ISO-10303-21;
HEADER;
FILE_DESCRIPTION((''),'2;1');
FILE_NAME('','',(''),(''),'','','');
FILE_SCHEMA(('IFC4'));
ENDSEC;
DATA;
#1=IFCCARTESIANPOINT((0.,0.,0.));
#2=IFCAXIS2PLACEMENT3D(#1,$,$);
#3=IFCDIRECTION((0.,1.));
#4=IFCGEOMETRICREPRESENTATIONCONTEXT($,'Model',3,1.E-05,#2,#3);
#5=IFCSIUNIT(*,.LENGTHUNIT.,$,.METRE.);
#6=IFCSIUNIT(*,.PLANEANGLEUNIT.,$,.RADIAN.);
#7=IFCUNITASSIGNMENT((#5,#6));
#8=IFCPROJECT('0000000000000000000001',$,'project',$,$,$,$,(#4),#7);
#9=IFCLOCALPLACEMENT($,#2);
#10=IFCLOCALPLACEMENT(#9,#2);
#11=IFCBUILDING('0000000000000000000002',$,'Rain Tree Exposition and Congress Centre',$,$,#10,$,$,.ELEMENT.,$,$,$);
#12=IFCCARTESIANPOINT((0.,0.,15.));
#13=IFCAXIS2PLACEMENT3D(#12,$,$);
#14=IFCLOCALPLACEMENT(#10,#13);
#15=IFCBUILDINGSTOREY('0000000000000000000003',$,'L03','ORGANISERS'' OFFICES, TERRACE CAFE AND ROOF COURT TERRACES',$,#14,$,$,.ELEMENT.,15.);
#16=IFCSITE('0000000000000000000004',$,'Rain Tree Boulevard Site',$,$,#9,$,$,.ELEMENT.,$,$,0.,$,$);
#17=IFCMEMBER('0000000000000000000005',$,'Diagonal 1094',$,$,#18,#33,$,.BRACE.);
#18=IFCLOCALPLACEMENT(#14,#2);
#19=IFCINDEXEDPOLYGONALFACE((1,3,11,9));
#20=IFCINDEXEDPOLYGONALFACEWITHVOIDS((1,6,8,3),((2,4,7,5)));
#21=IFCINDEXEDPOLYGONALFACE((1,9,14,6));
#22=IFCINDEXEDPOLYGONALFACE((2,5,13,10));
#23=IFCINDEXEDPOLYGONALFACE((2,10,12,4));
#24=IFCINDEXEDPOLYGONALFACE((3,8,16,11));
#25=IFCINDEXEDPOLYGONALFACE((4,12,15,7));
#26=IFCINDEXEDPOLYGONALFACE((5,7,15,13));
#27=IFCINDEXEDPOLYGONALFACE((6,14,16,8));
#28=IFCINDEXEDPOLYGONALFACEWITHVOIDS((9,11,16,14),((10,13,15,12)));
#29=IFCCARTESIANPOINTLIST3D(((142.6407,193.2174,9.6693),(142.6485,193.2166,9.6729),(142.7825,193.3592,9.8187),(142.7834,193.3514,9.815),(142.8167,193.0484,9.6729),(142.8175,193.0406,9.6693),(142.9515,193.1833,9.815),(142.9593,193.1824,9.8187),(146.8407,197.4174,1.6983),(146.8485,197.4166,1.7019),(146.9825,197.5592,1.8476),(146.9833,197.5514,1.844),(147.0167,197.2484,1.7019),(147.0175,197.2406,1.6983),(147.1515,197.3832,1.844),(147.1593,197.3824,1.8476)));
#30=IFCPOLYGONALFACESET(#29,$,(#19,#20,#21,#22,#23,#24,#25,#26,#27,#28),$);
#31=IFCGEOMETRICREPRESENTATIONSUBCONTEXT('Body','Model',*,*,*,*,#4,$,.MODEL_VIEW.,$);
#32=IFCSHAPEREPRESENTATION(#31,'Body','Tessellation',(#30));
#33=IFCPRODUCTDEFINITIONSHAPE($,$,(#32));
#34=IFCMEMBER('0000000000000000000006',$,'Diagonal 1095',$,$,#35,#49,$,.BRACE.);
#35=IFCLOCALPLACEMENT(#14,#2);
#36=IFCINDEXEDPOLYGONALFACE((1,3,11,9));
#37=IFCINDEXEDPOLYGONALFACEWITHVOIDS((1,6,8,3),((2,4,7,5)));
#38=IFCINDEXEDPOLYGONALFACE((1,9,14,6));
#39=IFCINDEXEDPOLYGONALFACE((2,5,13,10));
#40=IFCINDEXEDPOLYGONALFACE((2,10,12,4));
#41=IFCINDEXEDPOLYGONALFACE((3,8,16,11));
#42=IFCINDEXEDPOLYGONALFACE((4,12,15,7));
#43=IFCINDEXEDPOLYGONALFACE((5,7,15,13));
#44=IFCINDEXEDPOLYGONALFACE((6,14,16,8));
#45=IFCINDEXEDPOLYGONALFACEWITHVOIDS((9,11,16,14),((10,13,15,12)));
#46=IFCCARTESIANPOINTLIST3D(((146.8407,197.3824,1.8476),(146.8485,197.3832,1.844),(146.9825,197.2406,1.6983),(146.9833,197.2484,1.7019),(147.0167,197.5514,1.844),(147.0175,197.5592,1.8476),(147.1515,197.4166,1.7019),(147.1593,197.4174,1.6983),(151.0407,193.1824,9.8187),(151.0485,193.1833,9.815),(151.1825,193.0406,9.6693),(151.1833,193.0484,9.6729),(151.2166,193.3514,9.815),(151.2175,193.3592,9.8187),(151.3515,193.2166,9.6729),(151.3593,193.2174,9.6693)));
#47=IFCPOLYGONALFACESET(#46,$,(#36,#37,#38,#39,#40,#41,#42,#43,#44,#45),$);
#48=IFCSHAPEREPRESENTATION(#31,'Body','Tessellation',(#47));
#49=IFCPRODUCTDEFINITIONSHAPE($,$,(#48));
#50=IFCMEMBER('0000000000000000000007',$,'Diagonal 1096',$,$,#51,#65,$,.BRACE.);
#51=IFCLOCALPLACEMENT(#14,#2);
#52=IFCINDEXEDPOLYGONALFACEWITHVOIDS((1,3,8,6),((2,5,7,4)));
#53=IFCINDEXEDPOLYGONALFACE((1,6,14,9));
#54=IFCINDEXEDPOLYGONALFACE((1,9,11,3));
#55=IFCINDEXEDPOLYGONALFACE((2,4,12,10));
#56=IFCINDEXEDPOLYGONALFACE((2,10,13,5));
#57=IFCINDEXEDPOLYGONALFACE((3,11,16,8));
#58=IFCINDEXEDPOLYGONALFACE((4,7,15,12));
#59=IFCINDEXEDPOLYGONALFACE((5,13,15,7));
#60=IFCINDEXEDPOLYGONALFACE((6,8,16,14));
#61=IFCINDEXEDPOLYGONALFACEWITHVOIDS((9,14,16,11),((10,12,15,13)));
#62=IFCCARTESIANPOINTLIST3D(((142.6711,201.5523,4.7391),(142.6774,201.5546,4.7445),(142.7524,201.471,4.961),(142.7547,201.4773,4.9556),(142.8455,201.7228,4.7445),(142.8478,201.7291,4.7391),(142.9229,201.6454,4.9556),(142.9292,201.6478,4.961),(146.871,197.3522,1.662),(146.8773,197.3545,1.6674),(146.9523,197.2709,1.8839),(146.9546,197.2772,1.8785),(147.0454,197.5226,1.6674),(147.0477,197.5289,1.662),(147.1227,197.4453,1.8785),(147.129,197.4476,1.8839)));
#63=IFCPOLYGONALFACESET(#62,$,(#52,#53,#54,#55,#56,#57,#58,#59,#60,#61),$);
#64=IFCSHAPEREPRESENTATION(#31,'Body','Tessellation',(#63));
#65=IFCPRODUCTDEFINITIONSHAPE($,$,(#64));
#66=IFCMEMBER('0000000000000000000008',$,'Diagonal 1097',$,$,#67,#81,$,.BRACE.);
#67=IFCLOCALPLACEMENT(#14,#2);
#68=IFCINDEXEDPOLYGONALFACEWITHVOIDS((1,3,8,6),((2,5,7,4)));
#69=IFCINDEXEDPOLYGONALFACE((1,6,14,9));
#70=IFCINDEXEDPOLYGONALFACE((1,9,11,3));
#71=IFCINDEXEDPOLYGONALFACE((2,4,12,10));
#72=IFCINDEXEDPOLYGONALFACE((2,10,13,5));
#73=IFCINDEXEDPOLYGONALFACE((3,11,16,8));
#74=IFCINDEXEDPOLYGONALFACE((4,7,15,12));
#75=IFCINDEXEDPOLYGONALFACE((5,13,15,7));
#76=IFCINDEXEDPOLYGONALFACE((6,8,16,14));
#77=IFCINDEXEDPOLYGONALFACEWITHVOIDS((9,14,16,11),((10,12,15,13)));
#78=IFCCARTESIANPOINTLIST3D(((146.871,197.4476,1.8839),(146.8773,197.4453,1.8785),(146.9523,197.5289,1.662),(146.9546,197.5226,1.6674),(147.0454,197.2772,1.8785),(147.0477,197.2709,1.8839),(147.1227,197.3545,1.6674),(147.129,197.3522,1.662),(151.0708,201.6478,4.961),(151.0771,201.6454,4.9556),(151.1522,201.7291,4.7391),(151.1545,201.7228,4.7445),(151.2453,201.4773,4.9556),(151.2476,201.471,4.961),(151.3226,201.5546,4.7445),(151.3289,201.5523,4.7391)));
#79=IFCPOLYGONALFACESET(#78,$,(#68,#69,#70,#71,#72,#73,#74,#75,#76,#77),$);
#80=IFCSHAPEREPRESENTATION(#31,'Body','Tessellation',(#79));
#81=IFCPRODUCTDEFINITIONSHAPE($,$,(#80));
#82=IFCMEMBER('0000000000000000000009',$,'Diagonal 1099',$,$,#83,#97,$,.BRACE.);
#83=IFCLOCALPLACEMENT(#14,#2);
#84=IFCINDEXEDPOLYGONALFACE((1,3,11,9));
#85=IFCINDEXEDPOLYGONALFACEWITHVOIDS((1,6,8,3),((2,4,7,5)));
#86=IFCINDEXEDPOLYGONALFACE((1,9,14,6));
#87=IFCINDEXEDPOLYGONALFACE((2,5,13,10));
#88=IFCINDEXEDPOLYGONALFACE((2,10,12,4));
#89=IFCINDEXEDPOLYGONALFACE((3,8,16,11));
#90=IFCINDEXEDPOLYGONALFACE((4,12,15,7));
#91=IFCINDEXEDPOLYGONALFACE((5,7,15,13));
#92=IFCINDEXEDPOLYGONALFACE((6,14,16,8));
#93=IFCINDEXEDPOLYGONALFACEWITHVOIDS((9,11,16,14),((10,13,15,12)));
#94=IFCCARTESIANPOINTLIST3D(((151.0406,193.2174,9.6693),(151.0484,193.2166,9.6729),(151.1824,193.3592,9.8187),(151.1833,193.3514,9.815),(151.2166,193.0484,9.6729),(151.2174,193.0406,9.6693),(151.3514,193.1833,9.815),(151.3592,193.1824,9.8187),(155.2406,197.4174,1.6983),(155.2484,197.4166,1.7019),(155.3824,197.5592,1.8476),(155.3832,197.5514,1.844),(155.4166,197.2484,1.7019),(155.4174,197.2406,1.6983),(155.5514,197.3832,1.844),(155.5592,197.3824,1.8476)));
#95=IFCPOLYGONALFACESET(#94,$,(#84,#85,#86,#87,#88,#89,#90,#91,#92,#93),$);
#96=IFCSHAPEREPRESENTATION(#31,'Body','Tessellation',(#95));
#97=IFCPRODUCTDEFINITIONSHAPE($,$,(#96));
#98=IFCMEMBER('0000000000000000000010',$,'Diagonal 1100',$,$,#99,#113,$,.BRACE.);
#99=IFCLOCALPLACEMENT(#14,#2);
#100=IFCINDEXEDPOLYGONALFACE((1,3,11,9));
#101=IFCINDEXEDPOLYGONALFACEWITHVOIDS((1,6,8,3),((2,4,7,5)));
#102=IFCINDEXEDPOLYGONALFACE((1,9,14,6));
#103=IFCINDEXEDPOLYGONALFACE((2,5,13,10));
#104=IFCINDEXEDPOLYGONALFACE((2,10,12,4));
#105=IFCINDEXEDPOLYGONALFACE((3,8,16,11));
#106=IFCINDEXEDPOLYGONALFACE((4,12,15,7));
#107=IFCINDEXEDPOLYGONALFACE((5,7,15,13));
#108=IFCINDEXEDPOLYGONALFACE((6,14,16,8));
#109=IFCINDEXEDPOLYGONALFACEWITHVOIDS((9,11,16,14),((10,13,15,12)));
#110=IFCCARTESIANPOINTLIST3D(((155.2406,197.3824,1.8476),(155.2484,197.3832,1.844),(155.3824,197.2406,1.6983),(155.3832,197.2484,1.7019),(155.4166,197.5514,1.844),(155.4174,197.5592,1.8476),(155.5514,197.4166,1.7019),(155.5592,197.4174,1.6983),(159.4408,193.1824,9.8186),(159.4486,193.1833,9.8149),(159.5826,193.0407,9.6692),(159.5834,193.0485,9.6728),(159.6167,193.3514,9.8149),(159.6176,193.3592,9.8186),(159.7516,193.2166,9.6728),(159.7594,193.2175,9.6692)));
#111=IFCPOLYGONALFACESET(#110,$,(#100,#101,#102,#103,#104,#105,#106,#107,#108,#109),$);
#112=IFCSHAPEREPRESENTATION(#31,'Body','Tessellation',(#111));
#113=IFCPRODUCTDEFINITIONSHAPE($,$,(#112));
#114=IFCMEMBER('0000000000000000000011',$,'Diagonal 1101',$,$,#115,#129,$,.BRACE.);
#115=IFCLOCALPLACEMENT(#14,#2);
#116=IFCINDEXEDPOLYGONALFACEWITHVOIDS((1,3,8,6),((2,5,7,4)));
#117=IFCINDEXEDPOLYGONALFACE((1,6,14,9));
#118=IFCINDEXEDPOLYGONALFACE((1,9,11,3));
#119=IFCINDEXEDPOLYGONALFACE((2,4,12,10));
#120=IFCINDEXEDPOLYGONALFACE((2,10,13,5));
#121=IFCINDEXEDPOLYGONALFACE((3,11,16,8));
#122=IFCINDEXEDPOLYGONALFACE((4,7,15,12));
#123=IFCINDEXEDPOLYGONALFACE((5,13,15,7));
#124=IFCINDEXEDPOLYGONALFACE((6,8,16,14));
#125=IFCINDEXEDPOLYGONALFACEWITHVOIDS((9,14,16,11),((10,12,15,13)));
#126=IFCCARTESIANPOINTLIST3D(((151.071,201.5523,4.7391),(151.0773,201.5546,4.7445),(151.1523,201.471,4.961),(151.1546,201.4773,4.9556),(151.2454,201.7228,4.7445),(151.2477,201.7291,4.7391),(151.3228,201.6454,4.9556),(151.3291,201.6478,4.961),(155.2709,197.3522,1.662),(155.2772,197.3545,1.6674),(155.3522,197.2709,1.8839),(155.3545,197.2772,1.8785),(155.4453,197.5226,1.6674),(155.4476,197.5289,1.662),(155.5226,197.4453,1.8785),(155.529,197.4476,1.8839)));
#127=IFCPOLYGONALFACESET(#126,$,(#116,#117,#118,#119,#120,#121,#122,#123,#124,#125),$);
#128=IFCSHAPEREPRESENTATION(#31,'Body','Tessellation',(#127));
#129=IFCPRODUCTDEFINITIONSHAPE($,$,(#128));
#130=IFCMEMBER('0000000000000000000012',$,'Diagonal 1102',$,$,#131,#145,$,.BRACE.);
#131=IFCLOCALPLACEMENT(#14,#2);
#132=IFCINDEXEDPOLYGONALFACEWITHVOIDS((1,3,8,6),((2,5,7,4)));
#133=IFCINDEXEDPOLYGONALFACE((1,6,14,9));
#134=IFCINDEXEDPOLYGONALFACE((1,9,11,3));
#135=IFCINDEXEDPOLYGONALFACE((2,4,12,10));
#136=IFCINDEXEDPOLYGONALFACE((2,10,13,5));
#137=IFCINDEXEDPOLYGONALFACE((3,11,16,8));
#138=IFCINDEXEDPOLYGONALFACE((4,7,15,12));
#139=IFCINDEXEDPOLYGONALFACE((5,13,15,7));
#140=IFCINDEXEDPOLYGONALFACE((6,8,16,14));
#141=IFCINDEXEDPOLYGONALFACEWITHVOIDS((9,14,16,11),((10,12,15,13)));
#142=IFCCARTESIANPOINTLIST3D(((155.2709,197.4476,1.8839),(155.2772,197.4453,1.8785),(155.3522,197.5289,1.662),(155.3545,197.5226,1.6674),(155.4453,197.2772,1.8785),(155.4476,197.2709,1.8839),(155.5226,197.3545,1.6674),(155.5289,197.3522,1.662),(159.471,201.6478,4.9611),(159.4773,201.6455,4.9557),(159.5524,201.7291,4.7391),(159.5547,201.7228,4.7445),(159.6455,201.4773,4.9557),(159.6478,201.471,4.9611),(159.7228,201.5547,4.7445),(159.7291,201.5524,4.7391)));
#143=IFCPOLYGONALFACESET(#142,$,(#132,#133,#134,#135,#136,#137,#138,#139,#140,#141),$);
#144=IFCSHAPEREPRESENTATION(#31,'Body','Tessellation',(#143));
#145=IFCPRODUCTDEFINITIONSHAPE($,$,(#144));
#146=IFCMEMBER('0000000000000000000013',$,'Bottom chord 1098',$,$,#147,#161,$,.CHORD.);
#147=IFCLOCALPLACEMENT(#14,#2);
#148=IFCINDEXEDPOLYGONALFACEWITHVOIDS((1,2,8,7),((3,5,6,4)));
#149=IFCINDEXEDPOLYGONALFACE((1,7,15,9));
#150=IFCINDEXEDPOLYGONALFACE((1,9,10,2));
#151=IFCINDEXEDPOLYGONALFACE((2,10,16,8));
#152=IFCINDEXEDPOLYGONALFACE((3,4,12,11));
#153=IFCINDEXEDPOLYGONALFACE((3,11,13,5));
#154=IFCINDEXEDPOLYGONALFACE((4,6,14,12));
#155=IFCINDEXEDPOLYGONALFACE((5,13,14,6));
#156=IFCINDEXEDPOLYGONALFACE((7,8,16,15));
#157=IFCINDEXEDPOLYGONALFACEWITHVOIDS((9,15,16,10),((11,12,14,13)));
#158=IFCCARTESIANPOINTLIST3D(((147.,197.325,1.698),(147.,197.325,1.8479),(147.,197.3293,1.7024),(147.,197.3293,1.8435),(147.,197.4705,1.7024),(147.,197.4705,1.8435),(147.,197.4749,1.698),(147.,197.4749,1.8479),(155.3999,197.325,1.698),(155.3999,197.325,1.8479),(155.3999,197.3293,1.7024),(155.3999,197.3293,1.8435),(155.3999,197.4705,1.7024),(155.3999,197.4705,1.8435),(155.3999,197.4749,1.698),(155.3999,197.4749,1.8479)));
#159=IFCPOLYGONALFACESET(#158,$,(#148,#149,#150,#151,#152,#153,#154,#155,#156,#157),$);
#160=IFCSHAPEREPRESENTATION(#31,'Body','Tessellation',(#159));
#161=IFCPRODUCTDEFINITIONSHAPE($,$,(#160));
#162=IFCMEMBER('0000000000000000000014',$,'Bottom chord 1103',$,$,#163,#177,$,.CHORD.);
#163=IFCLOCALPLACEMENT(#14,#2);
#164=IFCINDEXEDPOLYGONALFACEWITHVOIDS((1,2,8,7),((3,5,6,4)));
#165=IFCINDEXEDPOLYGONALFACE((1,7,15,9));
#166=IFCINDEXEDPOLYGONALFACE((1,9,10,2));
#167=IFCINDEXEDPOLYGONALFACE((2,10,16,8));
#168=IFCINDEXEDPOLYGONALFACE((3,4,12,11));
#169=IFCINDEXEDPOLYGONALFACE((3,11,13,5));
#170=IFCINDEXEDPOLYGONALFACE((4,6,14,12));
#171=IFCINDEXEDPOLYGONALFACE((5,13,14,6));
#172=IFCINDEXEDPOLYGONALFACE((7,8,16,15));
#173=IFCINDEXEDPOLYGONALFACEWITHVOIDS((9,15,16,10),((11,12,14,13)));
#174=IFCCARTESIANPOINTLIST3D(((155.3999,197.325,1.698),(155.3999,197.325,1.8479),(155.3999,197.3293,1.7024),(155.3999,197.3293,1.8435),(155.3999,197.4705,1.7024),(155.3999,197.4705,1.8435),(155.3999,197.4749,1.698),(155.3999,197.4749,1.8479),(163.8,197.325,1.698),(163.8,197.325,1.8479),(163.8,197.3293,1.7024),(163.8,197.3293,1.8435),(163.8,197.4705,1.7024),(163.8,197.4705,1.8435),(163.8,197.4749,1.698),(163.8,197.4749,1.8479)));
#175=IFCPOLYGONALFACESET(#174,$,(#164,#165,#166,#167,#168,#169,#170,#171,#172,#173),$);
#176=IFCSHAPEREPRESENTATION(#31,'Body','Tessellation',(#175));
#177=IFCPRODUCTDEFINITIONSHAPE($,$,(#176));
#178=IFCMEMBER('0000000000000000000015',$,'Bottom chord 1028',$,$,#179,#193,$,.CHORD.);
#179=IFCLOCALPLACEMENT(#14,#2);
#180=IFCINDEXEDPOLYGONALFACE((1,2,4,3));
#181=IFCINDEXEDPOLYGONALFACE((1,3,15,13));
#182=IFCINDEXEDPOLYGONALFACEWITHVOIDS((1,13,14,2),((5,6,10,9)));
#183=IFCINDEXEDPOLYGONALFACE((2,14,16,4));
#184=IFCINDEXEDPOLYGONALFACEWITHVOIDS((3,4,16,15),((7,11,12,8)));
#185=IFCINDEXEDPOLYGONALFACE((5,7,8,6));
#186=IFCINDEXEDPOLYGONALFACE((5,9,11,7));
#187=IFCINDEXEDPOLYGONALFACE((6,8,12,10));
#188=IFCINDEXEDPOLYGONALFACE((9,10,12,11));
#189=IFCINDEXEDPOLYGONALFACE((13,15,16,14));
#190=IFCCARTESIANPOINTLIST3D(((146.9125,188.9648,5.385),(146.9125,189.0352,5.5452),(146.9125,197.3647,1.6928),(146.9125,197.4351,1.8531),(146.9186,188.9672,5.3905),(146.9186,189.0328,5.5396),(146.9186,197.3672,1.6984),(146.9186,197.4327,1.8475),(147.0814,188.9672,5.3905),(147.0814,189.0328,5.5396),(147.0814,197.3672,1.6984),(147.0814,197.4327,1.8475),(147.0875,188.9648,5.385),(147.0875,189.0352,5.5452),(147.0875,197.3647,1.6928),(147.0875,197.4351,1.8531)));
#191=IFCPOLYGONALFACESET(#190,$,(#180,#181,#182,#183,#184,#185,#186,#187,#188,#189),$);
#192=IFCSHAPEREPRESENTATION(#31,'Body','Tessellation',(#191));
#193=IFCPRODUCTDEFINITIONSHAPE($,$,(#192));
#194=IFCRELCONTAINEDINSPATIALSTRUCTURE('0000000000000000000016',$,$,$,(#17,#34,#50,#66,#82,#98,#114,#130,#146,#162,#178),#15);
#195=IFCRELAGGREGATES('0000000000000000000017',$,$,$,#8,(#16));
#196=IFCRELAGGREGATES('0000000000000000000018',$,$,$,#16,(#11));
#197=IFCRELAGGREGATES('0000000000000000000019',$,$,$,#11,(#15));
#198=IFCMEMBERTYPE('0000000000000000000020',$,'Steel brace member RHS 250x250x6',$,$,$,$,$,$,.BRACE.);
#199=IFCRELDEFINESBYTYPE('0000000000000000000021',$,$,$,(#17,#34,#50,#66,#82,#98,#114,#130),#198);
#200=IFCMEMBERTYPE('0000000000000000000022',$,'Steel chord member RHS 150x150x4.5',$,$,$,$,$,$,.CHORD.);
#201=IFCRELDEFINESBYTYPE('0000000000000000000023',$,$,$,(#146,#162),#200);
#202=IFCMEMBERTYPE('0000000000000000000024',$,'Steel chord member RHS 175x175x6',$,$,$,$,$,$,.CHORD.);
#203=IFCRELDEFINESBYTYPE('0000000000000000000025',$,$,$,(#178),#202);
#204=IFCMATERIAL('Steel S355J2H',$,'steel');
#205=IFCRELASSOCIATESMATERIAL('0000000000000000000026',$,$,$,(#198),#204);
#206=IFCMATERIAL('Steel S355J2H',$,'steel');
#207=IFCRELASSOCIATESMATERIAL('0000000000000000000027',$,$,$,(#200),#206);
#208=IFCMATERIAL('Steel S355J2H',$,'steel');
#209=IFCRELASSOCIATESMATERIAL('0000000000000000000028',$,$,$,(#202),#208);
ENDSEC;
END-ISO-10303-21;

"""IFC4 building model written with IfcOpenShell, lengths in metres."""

from ifc_helpers import new_model, si_unit, direction, frame, origin, origin_2d, place, context, subcontext, project, spatial, hollow_rectangle, extrude, material, material_profile, profile_set, type_object, element, save


model = new_model("IFC4")

# Units and contexts
model_context = context("Model", 3, precision=1e-05, world=origin(), true_north=direction((0.0, 1.0)))
body_context = subcontext(model_context, "Body", "Model", "MODEL_VIEW")
ifc_project = project(units=[si_unit("LENGTHUNIT", "METRE"), si_unit("PLANEANGLEUNIT", "RADIAN")], contexts=[model_context])

# Site, building, storey
site_placement = place(None, origin())
site = spatial("IfcSite", under=ifc_project, at=site_placement, Name="Rain Tree Boulevard Site", CompositionType="ELEMENT", RefElevation=0.0)
building_placement = place(site_placement, origin())
building = spatial("IfcBuilding", under=site, at=building_placement, Name="Rain Tree Exposition and Congress Centre", CompositionType="ELEMENT")
storey_placement = place(building_placement, frame((0.0, 0.0, 15.0)))
storey = spatial("IfcBuildingStorey", under=building, at=storey_placement, Name="L03", Description="ORGANISERS' OFFICES, TERRACE CAFE AND ROOF COURT TERRACES", CompositionType="ELEMENT", Elevation=15.0)

# Members
ifc_material_1 = material(Name="Steel S355J2H", Category="steel")
ifc_material_profile_1 = material_profile(ifc_material_1, hollow_rectangle(XDim=0.25, YDim=0.25, WallThickness=0.0061, at=origin_2d()), Name="RHS 250x250x6")
ifc_profile_set_1 = profile_set([ifc_material_profile_1], Name="Steel S355J2H")
member_type_1 = type_object("IfcMemberType", Name="Steel brace member RHS 250x250x6", PredefinedType="BRACE", material=ifc_profile_set_1)
for number, where, z_axis, x_axis, name in (
    (1, (147.0, 197.3999, 1.7729), (-0.422506, -0.422506, 0.801859), (0.707107, -0.707107, 0.0), "Diagonal 1094"),
    (2, (147.0, 197.3999, 1.7729), (0.422506, -0.422506, 0.801859), (0.707107, 0.707107, 0.0), "Diagonal 1095"),
):
    element("IfcMember", number, at=place(storey_placement, frame(where, z_axis=z_axis, x_axis=x_axis)), inside=storey, type_object=member_type_1, Name=name, PredefinedType="BRACE", context=body_context, shape_type="SweptSolid", body=[
        extrude(hollow_rectangle(XDim=0.25, YDim=0.25, WallThickness=0.0061, at=origin_2d()), origin(), (0.0, 0.0, 1.0), 9.9407),
    ])
for number, where, z_axis, x_axis, name in (
    (3, (147.0, 197.3999, 1.7729), (-0.627838, 0.627874, 0.459993), (-0.707127, -0.707086, 0.0), "Diagonal 1096"),
    (4, (147.0, 197.3999, 1.7729), (0.627838, 0.627874, 0.459993), (-0.707127, 0.707086, 0.0), "Diagonal 1097"),
):
    element("IfcMember", number, at=place(storey_placement, frame(where, z_axis=z_axis, x_axis=x_axis)), inside=storey, type_object=member_type_1, Name=name, PredefinedType="BRACE", context=body_context, shape_type="SweptSolid", body=[
        extrude(hollow_rectangle(XDim=0.25, YDim=0.25, WallThickness=0.0061, at=origin_2d()), origin(), (0.0, 0.0, 1.0), 6.6895),
    ])
for number, where, z_axis, x_axis, name in (
    (5, (155.3999, 197.3999, 1.7729), (-0.422506, -0.422506, 0.801859), (0.707107, -0.707107, 0.0), "Diagonal 1099"),
    (6, (155.3999, 197.3999, 1.7729), (0.422526, -0.422501, 0.801851), (0.707086, 0.707127, 0.0), "Diagonal 1100"),
):
    element("IfcMember", number, at=place(storey_placement, frame(where, z_axis=z_axis, x_axis=x_axis)), inside=storey, type_object=member_type_1, Name=name, PredefinedType="BRACE", context=body_context, shape_type="SweptSolid", body=[
        extrude(hollow_rectangle(XDim=0.25, YDim=0.25, WallThickness=0.0061, at=origin_2d()), origin(), (0.0, 0.0, 1.0), 9.9407),
    ])
member_1_placement = place(storey_placement, frame((155.3999, 197.3999, 1.7729), z_axis=(-0.627838, 0.627874, 0.459993), x_axis=(-0.707127, -0.707086, 0.0)))
element("IfcMember", 7, at=member_1_placement, inside=storey, type_object=member_type_1, Name="Diagonal 1101", PredefinedType="BRACE", context=body_context, shape_type="SweptSolid", body=[
    extrude(hollow_rectangle(XDim=0.25, YDim=0.25, WallThickness=0.0061, at=origin_2d()), origin(), (0.0, 0.0, 1.0), 6.6895),
])
member_2_placement = place(storey_placement, frame((155.3999, 197.3999, 1.7729), z_axis=(0.62786, 0.62786, 0.459983), x_axis=(-0.707107, 0.707107, 0.0)))
element("IfcMember", 8, at=member_2_placement, inside=storey, type_object=member_type_1, Name="Diagonal 1102", PredefinedType="BRACE", context=body_context, shape_type="SweptSolid", body=[
    extrude(hollow_rectangle(XDim=0.25, YDim=0.25, WallThickness=0.0061, at=origin_2d()), origin(), (0.0, 0.0, 1.0), 6.6897),
])
ifc_material_2 = material(Name="Steel S355J2H", Category="steel")
ifc_material_profile_2 = material_profile(ifc_material_2, hollow_rectangle(XDim=0.1499, YDim=0.1499, WallThickness=0.0044, at=origin_2d()), Name="RHS 150x150x4.5")
ifc_profile_set_2 = profile_set([ifc_material_profile_2], Name="Steel S355J2H")
member_type_2 = type_object("IfcMemberType", Name="Steel chord member RHS 150x150x4.5", PredefinedType="CHORD", material=ifc_profile_set_2)
member_3_placement = place(storey_placement, frame((147.0, 197.3999, 1.7729), z_axis=(1.0, 0.0, 0.0), x_axis=(0.0, 1.0, 0.0)))
element("IfcMember", 9, at=member_3_placement, inside=storey, type_object=member_type_2, Name="Bottom chord 1098", PredefinedType="CHORD", context=body_context, shape_type="SweptSolid", body=[
    extrude(hollow_rectangle(XDim=0.1499, YDim=0.1499, WallThickness=0.0044, at=origin_2d()), origin(), (0.0, 0.0, 1.0), 8.3999),
])
member_4_placement = place(storey_placement, frame((155.3999, 197.3999, 1.7729), z_axis=(1.0, 0.0, 0.0), x_axis=(0.0, 1.0, 0.0)))
element("IfcMember", 10, at=member_4_placement, inside=storey, type_object=member_type_2, Name="Bottom chord 1103", PredefinedType="CHORD", context=body_context, shape_type="SweptSolid", body=[
    extrude(hollow_rectangle(XDim=0.1499, YDim=0.1499, WallThickness=0.0044, at=origin_2d()), origin(), (0.0, 0.0, 1.0), 8.4001),
])
ifc_material_3 = material(Name="Steel S355J2H", Category="steel")
ifc_material_profile_3 = material_profile(ifc_material_3, hollow_rectangle(XDim=0.175, YDim=0.175, WallThickness=0.0061, at=origin_2d()), Name="RHS 175x175x6")
ifc_profile_set_3 = profile_set([ifc_material_profile_3], Name="Steel S355J2H")
member_type_3 = type_object("IfcMemberType", Name="Steel chord member RHS 175x175x6", PredefinedType="CHORD", material=ifc_profile_set_3)
for number, where, z_axis, x_axis, name in (
    (11, (147.0, 189.0, 5.4651), (0.0, 0.915468, -0.40239), (-1.0, 0.0, 0.0), "Bottom chord 1028"),
):
    element("IfcMember", number, at=place(storey_placement, frame(where, z_axis=z_axis, x_axis=x_axis)), inside=storey, type_object=member_type_3, Name=name, PredefinedType="CHORD", context=body_context, shape_type="SweptSolid", body=[
        extrude(hollow_rectangle(XDim=0.175, YDim=0.175, WallThickness=0.0061, at=origin_2d()), origin(), (0.0, 0.0, 1.0), 9.1755),
    ])

save(model, "model.ifc")
